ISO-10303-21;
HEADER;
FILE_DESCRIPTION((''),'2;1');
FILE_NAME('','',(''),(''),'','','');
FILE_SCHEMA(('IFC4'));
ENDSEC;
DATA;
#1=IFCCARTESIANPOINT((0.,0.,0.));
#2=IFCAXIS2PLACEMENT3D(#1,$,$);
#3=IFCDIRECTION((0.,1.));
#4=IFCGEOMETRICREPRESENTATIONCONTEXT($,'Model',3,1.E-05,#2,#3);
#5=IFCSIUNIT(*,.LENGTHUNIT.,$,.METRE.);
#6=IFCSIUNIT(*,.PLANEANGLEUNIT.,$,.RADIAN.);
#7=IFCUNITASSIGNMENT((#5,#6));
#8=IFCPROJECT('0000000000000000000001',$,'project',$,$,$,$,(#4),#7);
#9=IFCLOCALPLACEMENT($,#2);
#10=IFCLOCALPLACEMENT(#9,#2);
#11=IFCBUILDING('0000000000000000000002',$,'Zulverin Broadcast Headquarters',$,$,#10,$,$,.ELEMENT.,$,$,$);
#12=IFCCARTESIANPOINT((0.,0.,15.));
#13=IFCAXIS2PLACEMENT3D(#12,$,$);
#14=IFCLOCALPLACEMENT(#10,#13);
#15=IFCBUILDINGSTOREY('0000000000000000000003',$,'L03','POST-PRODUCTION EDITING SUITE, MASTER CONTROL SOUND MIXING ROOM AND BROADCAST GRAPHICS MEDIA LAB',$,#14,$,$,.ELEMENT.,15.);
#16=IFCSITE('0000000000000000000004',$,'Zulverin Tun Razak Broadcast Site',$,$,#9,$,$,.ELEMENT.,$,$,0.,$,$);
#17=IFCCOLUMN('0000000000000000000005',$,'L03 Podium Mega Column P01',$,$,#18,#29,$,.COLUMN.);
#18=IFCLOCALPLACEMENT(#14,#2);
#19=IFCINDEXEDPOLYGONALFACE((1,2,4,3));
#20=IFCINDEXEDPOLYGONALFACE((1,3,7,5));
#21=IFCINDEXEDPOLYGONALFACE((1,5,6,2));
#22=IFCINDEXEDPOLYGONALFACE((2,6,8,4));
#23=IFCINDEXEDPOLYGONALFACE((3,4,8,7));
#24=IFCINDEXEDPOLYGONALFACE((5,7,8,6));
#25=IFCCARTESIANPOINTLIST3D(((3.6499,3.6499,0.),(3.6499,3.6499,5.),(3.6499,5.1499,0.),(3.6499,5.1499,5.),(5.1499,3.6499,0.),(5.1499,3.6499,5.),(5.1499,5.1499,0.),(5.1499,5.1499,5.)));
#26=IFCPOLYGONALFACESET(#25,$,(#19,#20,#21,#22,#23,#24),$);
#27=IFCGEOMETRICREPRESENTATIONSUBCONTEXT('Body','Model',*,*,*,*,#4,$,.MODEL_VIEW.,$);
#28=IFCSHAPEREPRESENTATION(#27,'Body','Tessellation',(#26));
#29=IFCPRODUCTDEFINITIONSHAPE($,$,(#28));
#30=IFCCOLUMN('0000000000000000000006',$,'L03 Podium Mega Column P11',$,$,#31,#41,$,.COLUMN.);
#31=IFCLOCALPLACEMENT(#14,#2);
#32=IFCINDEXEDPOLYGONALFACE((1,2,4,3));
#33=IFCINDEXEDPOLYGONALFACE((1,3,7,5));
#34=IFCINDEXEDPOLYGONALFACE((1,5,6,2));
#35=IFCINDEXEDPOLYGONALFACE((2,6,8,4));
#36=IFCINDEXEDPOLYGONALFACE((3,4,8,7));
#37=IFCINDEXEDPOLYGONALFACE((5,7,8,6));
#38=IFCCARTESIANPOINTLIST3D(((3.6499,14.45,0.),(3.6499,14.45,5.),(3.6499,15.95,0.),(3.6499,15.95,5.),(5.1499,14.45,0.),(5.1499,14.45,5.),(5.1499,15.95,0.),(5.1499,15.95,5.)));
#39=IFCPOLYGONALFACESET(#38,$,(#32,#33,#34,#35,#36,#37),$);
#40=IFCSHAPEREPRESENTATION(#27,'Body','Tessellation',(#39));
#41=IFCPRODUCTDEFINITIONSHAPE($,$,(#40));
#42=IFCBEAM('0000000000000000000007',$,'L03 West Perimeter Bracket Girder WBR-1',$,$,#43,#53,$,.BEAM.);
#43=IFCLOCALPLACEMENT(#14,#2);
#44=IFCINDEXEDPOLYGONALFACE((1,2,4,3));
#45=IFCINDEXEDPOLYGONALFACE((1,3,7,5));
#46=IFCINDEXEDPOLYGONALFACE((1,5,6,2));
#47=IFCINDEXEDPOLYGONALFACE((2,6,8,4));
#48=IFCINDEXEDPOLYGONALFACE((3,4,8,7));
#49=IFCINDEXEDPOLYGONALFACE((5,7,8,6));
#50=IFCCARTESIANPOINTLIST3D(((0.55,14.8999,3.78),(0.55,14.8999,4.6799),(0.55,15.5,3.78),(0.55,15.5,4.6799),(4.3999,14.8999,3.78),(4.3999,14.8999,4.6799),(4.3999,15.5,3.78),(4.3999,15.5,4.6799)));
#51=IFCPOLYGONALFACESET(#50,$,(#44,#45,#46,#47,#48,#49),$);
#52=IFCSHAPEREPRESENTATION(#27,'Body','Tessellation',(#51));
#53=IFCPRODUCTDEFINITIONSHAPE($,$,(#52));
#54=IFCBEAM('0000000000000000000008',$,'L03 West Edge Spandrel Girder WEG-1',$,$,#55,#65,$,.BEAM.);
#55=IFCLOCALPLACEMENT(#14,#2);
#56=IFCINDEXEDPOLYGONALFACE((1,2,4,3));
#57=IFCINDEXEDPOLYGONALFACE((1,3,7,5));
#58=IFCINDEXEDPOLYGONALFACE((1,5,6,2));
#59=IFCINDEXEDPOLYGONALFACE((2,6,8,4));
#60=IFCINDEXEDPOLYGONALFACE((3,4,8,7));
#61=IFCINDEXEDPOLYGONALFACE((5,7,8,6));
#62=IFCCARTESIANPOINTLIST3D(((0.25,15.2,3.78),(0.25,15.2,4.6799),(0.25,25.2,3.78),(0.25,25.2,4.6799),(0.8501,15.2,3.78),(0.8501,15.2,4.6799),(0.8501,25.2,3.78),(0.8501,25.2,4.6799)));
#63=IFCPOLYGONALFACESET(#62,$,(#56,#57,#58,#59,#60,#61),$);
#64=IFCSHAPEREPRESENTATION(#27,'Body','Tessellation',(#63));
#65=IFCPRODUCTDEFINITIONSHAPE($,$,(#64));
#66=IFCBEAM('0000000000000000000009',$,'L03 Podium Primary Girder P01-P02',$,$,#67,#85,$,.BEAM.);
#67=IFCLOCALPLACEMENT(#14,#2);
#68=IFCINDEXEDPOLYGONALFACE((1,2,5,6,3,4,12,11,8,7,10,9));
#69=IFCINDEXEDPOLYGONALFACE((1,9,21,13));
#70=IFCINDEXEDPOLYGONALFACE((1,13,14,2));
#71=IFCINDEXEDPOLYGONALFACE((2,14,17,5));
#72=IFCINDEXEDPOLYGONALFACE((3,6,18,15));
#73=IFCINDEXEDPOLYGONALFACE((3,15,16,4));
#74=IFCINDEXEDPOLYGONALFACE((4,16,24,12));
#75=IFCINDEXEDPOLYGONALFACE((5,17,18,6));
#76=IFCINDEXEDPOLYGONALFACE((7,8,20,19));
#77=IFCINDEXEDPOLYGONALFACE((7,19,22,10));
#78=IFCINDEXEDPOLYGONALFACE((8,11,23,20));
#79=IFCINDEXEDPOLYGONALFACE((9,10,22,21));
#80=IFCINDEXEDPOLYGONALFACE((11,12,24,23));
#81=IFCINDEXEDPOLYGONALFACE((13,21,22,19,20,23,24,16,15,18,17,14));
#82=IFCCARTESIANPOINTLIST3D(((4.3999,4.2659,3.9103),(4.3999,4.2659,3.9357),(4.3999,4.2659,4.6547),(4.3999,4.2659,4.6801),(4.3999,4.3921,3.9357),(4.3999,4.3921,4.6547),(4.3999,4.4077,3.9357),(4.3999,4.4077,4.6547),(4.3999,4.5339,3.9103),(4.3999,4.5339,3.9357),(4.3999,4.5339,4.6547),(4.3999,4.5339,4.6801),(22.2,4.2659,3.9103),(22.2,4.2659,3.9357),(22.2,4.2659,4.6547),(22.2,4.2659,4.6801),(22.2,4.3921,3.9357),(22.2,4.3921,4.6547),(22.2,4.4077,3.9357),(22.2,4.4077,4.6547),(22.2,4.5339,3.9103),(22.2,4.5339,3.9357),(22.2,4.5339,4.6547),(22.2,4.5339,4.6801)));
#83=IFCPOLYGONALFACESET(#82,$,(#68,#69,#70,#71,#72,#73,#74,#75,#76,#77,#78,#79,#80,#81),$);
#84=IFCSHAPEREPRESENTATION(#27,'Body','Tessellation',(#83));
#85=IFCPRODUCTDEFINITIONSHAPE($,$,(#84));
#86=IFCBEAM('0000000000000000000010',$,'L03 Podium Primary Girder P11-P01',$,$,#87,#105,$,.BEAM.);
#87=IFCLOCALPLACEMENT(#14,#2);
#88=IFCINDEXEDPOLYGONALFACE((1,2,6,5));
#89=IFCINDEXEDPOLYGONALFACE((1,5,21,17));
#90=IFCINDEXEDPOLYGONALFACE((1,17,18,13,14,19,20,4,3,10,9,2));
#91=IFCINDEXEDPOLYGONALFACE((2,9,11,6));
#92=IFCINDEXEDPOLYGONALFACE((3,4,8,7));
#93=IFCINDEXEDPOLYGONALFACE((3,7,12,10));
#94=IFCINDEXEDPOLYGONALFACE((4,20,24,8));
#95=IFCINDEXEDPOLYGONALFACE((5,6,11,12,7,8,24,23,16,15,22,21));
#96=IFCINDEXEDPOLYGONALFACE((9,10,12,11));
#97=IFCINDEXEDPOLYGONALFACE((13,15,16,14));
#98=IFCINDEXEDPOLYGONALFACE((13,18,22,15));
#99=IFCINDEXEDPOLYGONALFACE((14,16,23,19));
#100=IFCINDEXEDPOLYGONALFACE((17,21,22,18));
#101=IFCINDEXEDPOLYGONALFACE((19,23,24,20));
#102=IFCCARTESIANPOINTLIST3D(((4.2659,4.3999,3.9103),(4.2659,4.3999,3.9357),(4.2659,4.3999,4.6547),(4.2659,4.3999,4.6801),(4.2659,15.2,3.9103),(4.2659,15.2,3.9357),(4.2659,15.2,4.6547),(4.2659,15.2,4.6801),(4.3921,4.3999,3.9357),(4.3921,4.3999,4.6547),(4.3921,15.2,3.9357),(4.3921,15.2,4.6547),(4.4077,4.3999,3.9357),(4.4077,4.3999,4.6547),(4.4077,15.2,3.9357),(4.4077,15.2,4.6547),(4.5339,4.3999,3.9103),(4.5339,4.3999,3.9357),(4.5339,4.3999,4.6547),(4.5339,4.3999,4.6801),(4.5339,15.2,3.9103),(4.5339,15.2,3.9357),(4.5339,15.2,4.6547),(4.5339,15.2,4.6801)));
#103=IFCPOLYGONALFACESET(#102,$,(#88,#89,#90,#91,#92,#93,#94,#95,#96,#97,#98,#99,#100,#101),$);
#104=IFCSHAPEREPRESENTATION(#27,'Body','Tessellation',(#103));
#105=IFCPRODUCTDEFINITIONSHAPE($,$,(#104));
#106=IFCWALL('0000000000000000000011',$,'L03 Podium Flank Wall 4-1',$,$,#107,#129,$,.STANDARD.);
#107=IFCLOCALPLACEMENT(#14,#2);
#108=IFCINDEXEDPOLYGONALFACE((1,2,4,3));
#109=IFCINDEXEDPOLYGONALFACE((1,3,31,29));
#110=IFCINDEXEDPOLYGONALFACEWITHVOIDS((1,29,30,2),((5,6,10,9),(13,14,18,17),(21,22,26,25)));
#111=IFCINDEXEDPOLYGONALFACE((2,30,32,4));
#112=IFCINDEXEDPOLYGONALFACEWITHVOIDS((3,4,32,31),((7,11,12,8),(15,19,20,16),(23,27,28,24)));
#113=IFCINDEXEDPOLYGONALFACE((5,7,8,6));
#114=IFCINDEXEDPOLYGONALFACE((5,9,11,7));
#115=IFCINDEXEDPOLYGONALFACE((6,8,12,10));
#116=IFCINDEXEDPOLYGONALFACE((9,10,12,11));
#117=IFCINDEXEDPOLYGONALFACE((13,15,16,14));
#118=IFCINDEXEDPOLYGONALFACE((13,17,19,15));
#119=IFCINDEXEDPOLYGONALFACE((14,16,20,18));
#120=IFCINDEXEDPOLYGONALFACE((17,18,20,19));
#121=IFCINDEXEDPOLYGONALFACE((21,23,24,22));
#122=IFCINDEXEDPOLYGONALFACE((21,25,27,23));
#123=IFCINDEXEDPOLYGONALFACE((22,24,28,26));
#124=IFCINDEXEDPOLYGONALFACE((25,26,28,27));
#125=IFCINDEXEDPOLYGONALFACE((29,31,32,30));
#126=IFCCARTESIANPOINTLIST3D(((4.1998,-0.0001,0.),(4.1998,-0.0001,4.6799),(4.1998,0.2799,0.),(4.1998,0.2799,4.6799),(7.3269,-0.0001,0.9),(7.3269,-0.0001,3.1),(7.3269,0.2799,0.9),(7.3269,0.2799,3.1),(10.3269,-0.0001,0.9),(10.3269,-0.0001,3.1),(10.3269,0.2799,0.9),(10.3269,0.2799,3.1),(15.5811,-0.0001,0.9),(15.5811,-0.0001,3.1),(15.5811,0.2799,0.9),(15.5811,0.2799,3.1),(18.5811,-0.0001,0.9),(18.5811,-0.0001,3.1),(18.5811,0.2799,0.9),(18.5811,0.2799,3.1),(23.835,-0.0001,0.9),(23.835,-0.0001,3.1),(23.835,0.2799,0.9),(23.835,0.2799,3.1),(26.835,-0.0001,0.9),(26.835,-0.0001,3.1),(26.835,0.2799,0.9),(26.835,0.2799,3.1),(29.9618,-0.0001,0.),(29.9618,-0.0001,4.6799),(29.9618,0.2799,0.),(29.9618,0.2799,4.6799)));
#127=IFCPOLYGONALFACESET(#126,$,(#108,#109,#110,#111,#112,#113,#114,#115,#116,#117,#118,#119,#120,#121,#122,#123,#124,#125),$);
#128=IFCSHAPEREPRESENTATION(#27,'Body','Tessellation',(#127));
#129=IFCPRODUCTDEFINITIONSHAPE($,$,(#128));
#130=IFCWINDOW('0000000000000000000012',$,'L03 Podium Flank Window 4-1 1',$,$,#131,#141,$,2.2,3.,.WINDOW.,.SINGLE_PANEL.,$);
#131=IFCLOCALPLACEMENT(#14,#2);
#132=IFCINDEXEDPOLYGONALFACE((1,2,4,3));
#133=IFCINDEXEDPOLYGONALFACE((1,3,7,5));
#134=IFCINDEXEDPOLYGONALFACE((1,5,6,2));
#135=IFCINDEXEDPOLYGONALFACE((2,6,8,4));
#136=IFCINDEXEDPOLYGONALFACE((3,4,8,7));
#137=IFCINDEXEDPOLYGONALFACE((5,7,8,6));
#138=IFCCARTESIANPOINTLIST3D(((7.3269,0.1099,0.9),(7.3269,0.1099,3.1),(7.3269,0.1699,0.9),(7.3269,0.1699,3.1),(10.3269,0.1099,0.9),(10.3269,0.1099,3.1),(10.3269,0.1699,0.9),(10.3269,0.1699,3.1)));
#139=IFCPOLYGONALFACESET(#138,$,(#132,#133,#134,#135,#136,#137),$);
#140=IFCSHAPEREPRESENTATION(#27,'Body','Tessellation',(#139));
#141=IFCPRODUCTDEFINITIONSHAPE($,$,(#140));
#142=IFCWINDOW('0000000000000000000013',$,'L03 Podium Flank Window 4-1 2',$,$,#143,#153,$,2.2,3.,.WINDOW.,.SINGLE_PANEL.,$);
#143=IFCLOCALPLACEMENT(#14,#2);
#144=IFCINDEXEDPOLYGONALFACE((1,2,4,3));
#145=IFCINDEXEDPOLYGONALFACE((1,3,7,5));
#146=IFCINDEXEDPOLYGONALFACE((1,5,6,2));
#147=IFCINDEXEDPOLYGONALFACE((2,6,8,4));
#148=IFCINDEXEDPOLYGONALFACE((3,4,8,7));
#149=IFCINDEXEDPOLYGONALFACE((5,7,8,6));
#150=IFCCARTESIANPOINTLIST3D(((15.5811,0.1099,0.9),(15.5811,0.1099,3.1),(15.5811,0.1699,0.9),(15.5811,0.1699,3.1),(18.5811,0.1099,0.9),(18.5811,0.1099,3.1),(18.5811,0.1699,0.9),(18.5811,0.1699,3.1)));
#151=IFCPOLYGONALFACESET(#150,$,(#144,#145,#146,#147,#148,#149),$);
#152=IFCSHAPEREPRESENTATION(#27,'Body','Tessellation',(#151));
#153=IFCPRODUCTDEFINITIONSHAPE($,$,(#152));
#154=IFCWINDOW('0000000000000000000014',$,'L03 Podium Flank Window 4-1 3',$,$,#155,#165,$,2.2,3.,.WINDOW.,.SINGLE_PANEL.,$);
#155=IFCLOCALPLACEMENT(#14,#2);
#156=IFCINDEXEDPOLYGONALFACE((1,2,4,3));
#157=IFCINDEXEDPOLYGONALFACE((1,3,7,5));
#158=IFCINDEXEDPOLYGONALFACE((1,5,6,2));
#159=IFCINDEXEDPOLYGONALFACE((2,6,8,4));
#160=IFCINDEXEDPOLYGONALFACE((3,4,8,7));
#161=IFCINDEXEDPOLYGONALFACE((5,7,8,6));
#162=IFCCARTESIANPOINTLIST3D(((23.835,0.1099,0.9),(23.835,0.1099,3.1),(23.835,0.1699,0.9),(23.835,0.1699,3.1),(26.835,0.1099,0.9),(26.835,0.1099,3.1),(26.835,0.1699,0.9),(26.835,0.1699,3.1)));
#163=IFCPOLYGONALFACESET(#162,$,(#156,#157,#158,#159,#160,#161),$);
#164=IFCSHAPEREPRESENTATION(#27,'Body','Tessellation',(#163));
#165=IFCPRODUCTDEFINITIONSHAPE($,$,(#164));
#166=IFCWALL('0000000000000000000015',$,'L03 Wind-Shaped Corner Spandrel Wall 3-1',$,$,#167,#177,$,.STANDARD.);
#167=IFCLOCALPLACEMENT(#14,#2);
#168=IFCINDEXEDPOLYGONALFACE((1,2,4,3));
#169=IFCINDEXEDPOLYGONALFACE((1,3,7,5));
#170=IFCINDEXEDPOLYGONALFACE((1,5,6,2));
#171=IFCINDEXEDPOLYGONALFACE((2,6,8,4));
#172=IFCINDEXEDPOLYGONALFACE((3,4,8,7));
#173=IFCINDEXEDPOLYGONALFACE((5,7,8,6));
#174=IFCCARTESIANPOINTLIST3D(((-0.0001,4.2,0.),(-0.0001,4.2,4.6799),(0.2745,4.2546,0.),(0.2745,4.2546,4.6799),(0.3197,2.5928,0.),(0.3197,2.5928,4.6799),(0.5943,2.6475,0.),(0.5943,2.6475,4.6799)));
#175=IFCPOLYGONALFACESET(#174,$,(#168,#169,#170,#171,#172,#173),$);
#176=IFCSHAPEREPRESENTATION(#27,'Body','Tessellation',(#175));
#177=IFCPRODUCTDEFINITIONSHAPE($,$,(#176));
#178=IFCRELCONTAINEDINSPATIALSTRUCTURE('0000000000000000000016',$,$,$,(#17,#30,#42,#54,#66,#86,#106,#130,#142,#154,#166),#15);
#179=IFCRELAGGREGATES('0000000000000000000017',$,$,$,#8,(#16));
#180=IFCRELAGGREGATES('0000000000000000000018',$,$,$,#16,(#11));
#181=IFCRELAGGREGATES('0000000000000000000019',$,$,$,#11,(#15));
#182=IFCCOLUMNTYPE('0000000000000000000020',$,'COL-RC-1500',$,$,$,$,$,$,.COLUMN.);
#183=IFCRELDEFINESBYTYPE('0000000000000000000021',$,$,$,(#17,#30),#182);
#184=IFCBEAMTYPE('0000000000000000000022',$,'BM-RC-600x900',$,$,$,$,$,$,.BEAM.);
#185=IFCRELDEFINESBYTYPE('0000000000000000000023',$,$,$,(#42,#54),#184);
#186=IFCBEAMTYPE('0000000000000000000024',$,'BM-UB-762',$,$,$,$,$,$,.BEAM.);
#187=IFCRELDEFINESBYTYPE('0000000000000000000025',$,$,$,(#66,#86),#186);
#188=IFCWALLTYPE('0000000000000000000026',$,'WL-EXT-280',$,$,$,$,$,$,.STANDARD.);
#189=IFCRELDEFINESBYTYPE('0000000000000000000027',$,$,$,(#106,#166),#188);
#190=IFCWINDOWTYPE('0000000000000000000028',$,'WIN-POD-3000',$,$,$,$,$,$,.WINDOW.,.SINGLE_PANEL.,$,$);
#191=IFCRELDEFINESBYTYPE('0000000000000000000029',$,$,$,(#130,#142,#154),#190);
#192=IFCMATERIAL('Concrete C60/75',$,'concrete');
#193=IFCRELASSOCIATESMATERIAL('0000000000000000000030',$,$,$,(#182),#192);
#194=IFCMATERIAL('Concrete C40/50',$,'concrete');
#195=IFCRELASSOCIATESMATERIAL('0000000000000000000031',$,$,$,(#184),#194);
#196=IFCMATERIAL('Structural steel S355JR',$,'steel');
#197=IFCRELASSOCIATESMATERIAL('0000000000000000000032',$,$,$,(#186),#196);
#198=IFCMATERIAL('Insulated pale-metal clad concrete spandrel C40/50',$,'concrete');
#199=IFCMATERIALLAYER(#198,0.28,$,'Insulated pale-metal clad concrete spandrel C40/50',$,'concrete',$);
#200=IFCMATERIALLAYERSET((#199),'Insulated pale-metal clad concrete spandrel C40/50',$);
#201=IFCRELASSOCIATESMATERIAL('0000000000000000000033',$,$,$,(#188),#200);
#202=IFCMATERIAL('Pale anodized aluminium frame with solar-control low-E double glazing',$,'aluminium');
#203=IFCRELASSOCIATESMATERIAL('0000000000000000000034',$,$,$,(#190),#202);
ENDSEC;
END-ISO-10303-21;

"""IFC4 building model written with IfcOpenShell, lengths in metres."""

from ifc_helpers import new_model, si_unit, direction, frame, frame_2d, origin, origin_2d, place, context, subcontext, project, spatial, rectangle, i_section, extrude, material, layer, layer_set, material_profile, profile_set, type_object, element, fill, save


model = new_model("IFC4")

# Units and contexts
model_context = context("Model", 3, precision=1e-05, world=origin(), true_north=direction((0.0, 1.0)))
body_context = subcontext(model_context, "Body", "Model", "MODEL_VIEW")
ifc_project = project(units=[si_unit("LENGTHUNIT", "METRE"), si_unit("PLANEANGLEUNIT", "RADIAN")], contexts=[model_context])

# Site, building, storey
site_placement = place(None, origin())
site = spatial("IfcSite", under=ifc_project, at=site_placement, Name="Zulverin Tun Razak Broadcast Site", CompositionType="ELEMENT", RefElevation=0.0)
building_placement = place(site_placement, origin())
building = spatial("IfcBuilding", under=site, at=building_placement, Name="Zulverin Broadcast Headquarters", CompositionType="ELEMENT")
storey_placement = place(building_placement, frame((0.0, 0.0, 15.0)))
storey = spatial("IfcBuildingStorey", under=building, at=storey_placement, Name="L03", Description="POST-PRODUCTION EDITING SUITE, MASTER CONTROL SOUND MIXING ROOM AND BROADCAST GRAPHICS MEDIA LAB", CompositionType="ELEMENT", Elevation=15.0)

# Columns
ifc_material_1 = material(Name="Concrete C60/75", Category="concrete")
ifc_material_profile_1 = material_profile(ifc_material_1, rectangle(XDim=1.5, YDim=1.5, at=origin_2d()), Name="Concrete C60/75", Category="concrete")
ifc_profile_set_1 = profile_set([ifc_material_profile_1], Name="Concrete C60/75")
column_type = type_object("IfcColumnType", Name="COL-RC-1500", PredefinedType="COLUMN", material=ifc_profile_set_1)
for number, where, z_axis, x_axis, name in (
    (1, (4.3999, 4.3999, 0.0), (0.0, 0.0, 1.0), (1.0, 0.0, 0.0), "L03 Podium Mega Column P01"),
    (2, (4.3999, 15.2, 0.0), (0.0, 0.0, 1.0), (1.0, 0.0, 0.0), "L03 Podium Mega Column P11"),
):
    element("IfcColumn", number, at=place(storey_placement, frame(where, z_axis=z_axis, x_axis=x_axis)), inside=storey, type_object=column_type, Name=name, PredefinedType="COLUMN", context=body_context, shape_type="SweptSolid", body=[
        extrude(rectangle(XDim=1.5, YDim=1.5, at=origin_2d()), origin(), (0.0, 0.0, 1.0), 5.0),
    ])

# Beams
ifc_material_2 = material(Name="Concrete C40/50", Category="concrete")
ifc_material_profile_2 = material_profile(ifc_material_2, rectangle(XDim=0.6001, YDim=0.8999, at=origin_2d()), Name="Concrete C40/50", Category="concrete")
ifc_profile_set_2 = profile_set([ifc_material_profile_2], Name="Concrete C40/50")
beam_type_1 = type_object("IfcBeamType", Name="BM-RC-600x900", PredefinedType="BEAM", material=ifc_profile_set_2)
beam_1_placement = place(storey_placement, frame((4.3999, 15.2, 4.23), z_axis=(-1.0, 0.0, 0.0), x_axis=(0.0, -1.0, 0.0)))
element("IfcBeam", 3, at=beam_1_placement, inside=storey, type_object=beam_type_1, Name="L03 West Perimeter Bracket Girder WBR-1", PredefinedType="BEAM", context=body_context, shape_type="SweptSolid", body=[
    extrude(rectangle(XDim=0.6001, YDim=0.8999, at=origin_2d()), origin(), (0.0, 0.0, 1.0), 3.8499),
])
beam_2_placement = place(storey_placement, frame((0.55, 15.2, 4.23), z_axis=(0.0, 1.0, 0.0), x_axis=(-1.0, 0.0, 0.0)))
element("IfcBeam", 4, at=beam_2_placement, inside=storey, type_object=beam_type_1, Name="L03 West Edge Spandrel Girder WEG-1", PredefinedType="BEAM", context=body_context, shape_type="SweptSolid", body=[
    extrude(rectangle(XDim=0.6001, YDim=0.8999, at=origin_2d()), origin(), (0.0, 0.0, 1.0), 10.0),
])
ifc_material_3 = material(Name="Structural steel S355JR", Category="steel")
ifc_material_profile_3 = material_profile(ifc_material_3, i_section(OverallWidth=0.2681, OverallDepth=0.7698, WebThickness=0.0156, FlangeThickness=0.0254, at=origin_2d()), Name="Structural steel S355JR", Category="steel")
ifc_profile_set_3 = profile_set([ifc_material_profile_3], Name="Structural steel S355JR")
beam_type_2 = type_object("IfcBeamType", Name="BM-UB-762", PredefinedType="BEAM", material=ifc_profile_set_3)
beam_3_placement = place(storey_placement, frame((4.3999, 4.3999, 4.2952), z_axis=(1.0, 0.0, 0.0), x_axis=(0.0, 1.0, 0.0)))
element("IfcBeam", 5, at=beam_3_placement, inside=storey, type_object=beam_type_2, Name="L03 Podium Primary Girder P01-P02", PredefinedType="BEAM", context=body_context, shape_type="SweptSolid", body=[
    extrude(i_section(OverallWidth=0.2681, OverallDepth=0.7698, WebThickness=0.0156, FlangeThickness=0.0254, at=origin_2d()), origin(), (0.0, 0.0, 1.0), 17.8),
])
beam_4_placement = place(storey_placement, frame((4.3999, 15.2, 4.2952), z_axis=(0.0, -1.0, 0.0), x_axis=(1.0, 0.0, 0.0)))
element("IfcBeam", 6, at=beam_4_placement, inside=storey, type_object=beam_type_2, Name="L03 Podium Primary Girder P11-P01", PredefinedType="BEAM", context=body_context, shape_type="SweptSolid", body=[
    extrude(i_section(OverallWidth=0.2681, OverallDepth=0.7698, WebThickness=0.0156, FlangeThickness=0.0254, at=origin_2d()), origin(), (0.0, 0.0, 1.0), 10.8),
])

# Wall, openings, windows
ifc_material_4 = material(Name="Insulated pale-metal clad concrete spandrel C40/50", Category="concrete")
ifc_layer_1 = layer(ifc_material_4, 0.28, Name="Insulated pale-metal clad concrete spandrel C40/50", Category="concrete")
ifc_layer_set_1 = layer_set([ifc_layer_1], Name="Insulated pale-metal clad concrete spandrel C40/50")
wall_type_1 = type_object("IfcWallType", Name="WL-EXT-280", PredefinedType="STANDARD", material=ifc_layer_set_1)
wall_1_placement = place(storey_placement, frame((4.2, 0.1399, 0.0), z_axis=(0.0, 0.0, 1.0), x_axis=(1.0, 0.0, 0.0)))
wall_1 = element("IfcWall", 7, at=wall_1_placement, inside=storey, type_object=wall_type_1, Name="L03 Podium Flank Wall 4-1", PredefinedType="STANDARD", context=body_context, shape_type="SweptSolid", body=[
    extrude(rectangle(XDim=25.762, YDim=0.28, at=frame_2d((12.8809, 0.0))), origin(), (0.0, 0.0, 1.0), 4.6799),
])
opening_1_placement = place(wall_1_placement, frame((3.127, 0.0, 0.8999)))
opening_1 = element("IfcOpeningElement", 8, at=opening_1_placement, cuts=wall_1, PredefinedType="OPENING", context=body_context, shape_type="SweptSolid", body=[
    extrude(rectangle(XDim=3.0, YDim=2.2, at=frame_2d((1.5, 1.1001))), frame((0.0, 0.1499, 0.0), z_axis=(0.0, -1.0, 0.0), x_axis=(1.0, 0.0, 0.0)), (0.0, 0.0, 1.0), 0.3),
])
opening_2_placement = place(wall_1_placement, frame((11.3811, 0.0, 0.8999)))
opening_2 = element("IfcOpeningElement", 9, at=opening_2_placement, cuts=wall_1, PredefinedType="OPENING", context=body_context, shape_type="SweptSolid", body=[
    extrude(rectangle(XDim=3.0, YDim=2.2, at=frame_2d((1.5, 1.1001))), frame((0.0, 0.1499, 0.0), z_axis=(0.0, -1.0, 0.0), x_axis=(1.0, 0.0, 0.0)), (0.0, 0.0, 1.0), 0.3),
])
opening_3_placement = place(wall_1_placement, frame((19.635, 0.0, 0.8999)))
opening_3 = element("IfcOpeningElement", 10, at=opening_3_placement, cuts=wall_1, PredefinedType="OPENING", context=body_context, shape_type="SweptSolid", body=[
    extrude(rectangle(XDim=3.0, YDim=2.2, at=frame_2d((1.5, 1.1001))), frame((0.0, 0.1499, 0.0), z_axis=(0.0, -1.0, 0.0), x_axis=(1.0, 0.0, 0.0)), (0.0, 0.0, 1.0), 0.3),
])
ifc_material_5 = material(Name="Pale anodized aluminium frame with solar-control low-E double glazing", Category="aluminium")
window_type = type_object("IfcWindowType", Name="WIN-POD-3000", PartitioningType="SINGLE_PANEL", PredefinedType="WINDOW", material=ifc_material_5)
window_1_placement = place(opening_1_placement, origin())
window_1 = element("IfcWindow", 11, at=window_1_placement, inside=storey, type_object=window_type, Name="L03 Podium Flank Window 4-1 1", OverallHeight=2.2, OverallWidth=3.0, PartitioningType="SINGLE_PANEL", PredefinedType="WINDOW", context=body_context, shape_type="SweptSolid", body=[
    extrude(rectangle(XDim=3.0, YDim=2.2, at=frame_2d((1.5, 1.1001))), frame((0.0, 0.03, 0.0), z_axis=(0.0, -1.0, 0.0), x_axis=(1.0, 0.0, 0.0)), (0.0, 0.0, 1.0), 0.0601),
])
fill(opening_1, window_1)
window_2_placement = place(opening_2_placement, origin())
window_2 = element("IfcWindow", 12, at=window_2_placement, inside=storey, type_object=window_type, Name="L03 Podium Flank Window 4-1 2", OverallHeight=2.2, OverallWidth=3.0, PartitioningType="SINGLE_PANEL", PredefinedType="WINDOW", context=body_context, shape_type="SweptSolid", body=[
    extrude(rectangle(XDim=3.0, YDim=2.2, at=frame_2d((1.5, 1.1001))), frame((0.0, 0.03, 0.0), z_axis=(0.0, -1.0, 0.0), x_axis=(1.0, 0.0, 0.0)), (0.0, 0.0, 1.0), 0.0601),
])
fill(opening_2, window_2)
window_3_placement = place(opening_3_placement, origin())
window_3 = element("IfcWindow", 13, at=window_3_placement, inside=storey, type_object=window_type, Name="L03 Podium Flank Window 4-1 3", OverallHeight=2.2, OverallWidth=3.0, PartitioningType="SINGLE_PANEL", PredefinedType="WINDOW", context=body_context, shape_type="SweptSolid", body=[
    extrude(rectangle(XDim=3.0, YDim=2.2, at=frame_2d((1.5, 1.1001))), frame((0.0, 0.03, 0.0), z_axis=(0.0, -1.0, 0.0), x_axis=(1.0, 0.0, 0.0)), (0.0, 0.0, 1.0), 0.0601),
])
fill(opening_3, window_3)

# Wall
for number, where, z_axis, x_axis, name in (
    (14, (0.1372, 4.2273, 0.0), (0.0, 0.0, 1.0), (0.195171, -0.980769, 0.0), "L03 Wind-Shaped Corner Spandrel Wall 3-1"),
):
    element("IfcWall", number, at=place(storey_placement, frame(where, z_axis=z_axis, x_axis=x_axis)), inside=storey, type_object=wall_type_1, Name=name, PredefinedType="STANDARD", context=body_context, shape_type="SweptSolid", body=[
        extrude(rectangle(XDim=1.6387, YDim=0.28, at=frame_2d((0.8193, 0.0))), origin(), (0.0, 0.0, 1.0), 4.6799),
    ])

save(model, "model.ifc")
